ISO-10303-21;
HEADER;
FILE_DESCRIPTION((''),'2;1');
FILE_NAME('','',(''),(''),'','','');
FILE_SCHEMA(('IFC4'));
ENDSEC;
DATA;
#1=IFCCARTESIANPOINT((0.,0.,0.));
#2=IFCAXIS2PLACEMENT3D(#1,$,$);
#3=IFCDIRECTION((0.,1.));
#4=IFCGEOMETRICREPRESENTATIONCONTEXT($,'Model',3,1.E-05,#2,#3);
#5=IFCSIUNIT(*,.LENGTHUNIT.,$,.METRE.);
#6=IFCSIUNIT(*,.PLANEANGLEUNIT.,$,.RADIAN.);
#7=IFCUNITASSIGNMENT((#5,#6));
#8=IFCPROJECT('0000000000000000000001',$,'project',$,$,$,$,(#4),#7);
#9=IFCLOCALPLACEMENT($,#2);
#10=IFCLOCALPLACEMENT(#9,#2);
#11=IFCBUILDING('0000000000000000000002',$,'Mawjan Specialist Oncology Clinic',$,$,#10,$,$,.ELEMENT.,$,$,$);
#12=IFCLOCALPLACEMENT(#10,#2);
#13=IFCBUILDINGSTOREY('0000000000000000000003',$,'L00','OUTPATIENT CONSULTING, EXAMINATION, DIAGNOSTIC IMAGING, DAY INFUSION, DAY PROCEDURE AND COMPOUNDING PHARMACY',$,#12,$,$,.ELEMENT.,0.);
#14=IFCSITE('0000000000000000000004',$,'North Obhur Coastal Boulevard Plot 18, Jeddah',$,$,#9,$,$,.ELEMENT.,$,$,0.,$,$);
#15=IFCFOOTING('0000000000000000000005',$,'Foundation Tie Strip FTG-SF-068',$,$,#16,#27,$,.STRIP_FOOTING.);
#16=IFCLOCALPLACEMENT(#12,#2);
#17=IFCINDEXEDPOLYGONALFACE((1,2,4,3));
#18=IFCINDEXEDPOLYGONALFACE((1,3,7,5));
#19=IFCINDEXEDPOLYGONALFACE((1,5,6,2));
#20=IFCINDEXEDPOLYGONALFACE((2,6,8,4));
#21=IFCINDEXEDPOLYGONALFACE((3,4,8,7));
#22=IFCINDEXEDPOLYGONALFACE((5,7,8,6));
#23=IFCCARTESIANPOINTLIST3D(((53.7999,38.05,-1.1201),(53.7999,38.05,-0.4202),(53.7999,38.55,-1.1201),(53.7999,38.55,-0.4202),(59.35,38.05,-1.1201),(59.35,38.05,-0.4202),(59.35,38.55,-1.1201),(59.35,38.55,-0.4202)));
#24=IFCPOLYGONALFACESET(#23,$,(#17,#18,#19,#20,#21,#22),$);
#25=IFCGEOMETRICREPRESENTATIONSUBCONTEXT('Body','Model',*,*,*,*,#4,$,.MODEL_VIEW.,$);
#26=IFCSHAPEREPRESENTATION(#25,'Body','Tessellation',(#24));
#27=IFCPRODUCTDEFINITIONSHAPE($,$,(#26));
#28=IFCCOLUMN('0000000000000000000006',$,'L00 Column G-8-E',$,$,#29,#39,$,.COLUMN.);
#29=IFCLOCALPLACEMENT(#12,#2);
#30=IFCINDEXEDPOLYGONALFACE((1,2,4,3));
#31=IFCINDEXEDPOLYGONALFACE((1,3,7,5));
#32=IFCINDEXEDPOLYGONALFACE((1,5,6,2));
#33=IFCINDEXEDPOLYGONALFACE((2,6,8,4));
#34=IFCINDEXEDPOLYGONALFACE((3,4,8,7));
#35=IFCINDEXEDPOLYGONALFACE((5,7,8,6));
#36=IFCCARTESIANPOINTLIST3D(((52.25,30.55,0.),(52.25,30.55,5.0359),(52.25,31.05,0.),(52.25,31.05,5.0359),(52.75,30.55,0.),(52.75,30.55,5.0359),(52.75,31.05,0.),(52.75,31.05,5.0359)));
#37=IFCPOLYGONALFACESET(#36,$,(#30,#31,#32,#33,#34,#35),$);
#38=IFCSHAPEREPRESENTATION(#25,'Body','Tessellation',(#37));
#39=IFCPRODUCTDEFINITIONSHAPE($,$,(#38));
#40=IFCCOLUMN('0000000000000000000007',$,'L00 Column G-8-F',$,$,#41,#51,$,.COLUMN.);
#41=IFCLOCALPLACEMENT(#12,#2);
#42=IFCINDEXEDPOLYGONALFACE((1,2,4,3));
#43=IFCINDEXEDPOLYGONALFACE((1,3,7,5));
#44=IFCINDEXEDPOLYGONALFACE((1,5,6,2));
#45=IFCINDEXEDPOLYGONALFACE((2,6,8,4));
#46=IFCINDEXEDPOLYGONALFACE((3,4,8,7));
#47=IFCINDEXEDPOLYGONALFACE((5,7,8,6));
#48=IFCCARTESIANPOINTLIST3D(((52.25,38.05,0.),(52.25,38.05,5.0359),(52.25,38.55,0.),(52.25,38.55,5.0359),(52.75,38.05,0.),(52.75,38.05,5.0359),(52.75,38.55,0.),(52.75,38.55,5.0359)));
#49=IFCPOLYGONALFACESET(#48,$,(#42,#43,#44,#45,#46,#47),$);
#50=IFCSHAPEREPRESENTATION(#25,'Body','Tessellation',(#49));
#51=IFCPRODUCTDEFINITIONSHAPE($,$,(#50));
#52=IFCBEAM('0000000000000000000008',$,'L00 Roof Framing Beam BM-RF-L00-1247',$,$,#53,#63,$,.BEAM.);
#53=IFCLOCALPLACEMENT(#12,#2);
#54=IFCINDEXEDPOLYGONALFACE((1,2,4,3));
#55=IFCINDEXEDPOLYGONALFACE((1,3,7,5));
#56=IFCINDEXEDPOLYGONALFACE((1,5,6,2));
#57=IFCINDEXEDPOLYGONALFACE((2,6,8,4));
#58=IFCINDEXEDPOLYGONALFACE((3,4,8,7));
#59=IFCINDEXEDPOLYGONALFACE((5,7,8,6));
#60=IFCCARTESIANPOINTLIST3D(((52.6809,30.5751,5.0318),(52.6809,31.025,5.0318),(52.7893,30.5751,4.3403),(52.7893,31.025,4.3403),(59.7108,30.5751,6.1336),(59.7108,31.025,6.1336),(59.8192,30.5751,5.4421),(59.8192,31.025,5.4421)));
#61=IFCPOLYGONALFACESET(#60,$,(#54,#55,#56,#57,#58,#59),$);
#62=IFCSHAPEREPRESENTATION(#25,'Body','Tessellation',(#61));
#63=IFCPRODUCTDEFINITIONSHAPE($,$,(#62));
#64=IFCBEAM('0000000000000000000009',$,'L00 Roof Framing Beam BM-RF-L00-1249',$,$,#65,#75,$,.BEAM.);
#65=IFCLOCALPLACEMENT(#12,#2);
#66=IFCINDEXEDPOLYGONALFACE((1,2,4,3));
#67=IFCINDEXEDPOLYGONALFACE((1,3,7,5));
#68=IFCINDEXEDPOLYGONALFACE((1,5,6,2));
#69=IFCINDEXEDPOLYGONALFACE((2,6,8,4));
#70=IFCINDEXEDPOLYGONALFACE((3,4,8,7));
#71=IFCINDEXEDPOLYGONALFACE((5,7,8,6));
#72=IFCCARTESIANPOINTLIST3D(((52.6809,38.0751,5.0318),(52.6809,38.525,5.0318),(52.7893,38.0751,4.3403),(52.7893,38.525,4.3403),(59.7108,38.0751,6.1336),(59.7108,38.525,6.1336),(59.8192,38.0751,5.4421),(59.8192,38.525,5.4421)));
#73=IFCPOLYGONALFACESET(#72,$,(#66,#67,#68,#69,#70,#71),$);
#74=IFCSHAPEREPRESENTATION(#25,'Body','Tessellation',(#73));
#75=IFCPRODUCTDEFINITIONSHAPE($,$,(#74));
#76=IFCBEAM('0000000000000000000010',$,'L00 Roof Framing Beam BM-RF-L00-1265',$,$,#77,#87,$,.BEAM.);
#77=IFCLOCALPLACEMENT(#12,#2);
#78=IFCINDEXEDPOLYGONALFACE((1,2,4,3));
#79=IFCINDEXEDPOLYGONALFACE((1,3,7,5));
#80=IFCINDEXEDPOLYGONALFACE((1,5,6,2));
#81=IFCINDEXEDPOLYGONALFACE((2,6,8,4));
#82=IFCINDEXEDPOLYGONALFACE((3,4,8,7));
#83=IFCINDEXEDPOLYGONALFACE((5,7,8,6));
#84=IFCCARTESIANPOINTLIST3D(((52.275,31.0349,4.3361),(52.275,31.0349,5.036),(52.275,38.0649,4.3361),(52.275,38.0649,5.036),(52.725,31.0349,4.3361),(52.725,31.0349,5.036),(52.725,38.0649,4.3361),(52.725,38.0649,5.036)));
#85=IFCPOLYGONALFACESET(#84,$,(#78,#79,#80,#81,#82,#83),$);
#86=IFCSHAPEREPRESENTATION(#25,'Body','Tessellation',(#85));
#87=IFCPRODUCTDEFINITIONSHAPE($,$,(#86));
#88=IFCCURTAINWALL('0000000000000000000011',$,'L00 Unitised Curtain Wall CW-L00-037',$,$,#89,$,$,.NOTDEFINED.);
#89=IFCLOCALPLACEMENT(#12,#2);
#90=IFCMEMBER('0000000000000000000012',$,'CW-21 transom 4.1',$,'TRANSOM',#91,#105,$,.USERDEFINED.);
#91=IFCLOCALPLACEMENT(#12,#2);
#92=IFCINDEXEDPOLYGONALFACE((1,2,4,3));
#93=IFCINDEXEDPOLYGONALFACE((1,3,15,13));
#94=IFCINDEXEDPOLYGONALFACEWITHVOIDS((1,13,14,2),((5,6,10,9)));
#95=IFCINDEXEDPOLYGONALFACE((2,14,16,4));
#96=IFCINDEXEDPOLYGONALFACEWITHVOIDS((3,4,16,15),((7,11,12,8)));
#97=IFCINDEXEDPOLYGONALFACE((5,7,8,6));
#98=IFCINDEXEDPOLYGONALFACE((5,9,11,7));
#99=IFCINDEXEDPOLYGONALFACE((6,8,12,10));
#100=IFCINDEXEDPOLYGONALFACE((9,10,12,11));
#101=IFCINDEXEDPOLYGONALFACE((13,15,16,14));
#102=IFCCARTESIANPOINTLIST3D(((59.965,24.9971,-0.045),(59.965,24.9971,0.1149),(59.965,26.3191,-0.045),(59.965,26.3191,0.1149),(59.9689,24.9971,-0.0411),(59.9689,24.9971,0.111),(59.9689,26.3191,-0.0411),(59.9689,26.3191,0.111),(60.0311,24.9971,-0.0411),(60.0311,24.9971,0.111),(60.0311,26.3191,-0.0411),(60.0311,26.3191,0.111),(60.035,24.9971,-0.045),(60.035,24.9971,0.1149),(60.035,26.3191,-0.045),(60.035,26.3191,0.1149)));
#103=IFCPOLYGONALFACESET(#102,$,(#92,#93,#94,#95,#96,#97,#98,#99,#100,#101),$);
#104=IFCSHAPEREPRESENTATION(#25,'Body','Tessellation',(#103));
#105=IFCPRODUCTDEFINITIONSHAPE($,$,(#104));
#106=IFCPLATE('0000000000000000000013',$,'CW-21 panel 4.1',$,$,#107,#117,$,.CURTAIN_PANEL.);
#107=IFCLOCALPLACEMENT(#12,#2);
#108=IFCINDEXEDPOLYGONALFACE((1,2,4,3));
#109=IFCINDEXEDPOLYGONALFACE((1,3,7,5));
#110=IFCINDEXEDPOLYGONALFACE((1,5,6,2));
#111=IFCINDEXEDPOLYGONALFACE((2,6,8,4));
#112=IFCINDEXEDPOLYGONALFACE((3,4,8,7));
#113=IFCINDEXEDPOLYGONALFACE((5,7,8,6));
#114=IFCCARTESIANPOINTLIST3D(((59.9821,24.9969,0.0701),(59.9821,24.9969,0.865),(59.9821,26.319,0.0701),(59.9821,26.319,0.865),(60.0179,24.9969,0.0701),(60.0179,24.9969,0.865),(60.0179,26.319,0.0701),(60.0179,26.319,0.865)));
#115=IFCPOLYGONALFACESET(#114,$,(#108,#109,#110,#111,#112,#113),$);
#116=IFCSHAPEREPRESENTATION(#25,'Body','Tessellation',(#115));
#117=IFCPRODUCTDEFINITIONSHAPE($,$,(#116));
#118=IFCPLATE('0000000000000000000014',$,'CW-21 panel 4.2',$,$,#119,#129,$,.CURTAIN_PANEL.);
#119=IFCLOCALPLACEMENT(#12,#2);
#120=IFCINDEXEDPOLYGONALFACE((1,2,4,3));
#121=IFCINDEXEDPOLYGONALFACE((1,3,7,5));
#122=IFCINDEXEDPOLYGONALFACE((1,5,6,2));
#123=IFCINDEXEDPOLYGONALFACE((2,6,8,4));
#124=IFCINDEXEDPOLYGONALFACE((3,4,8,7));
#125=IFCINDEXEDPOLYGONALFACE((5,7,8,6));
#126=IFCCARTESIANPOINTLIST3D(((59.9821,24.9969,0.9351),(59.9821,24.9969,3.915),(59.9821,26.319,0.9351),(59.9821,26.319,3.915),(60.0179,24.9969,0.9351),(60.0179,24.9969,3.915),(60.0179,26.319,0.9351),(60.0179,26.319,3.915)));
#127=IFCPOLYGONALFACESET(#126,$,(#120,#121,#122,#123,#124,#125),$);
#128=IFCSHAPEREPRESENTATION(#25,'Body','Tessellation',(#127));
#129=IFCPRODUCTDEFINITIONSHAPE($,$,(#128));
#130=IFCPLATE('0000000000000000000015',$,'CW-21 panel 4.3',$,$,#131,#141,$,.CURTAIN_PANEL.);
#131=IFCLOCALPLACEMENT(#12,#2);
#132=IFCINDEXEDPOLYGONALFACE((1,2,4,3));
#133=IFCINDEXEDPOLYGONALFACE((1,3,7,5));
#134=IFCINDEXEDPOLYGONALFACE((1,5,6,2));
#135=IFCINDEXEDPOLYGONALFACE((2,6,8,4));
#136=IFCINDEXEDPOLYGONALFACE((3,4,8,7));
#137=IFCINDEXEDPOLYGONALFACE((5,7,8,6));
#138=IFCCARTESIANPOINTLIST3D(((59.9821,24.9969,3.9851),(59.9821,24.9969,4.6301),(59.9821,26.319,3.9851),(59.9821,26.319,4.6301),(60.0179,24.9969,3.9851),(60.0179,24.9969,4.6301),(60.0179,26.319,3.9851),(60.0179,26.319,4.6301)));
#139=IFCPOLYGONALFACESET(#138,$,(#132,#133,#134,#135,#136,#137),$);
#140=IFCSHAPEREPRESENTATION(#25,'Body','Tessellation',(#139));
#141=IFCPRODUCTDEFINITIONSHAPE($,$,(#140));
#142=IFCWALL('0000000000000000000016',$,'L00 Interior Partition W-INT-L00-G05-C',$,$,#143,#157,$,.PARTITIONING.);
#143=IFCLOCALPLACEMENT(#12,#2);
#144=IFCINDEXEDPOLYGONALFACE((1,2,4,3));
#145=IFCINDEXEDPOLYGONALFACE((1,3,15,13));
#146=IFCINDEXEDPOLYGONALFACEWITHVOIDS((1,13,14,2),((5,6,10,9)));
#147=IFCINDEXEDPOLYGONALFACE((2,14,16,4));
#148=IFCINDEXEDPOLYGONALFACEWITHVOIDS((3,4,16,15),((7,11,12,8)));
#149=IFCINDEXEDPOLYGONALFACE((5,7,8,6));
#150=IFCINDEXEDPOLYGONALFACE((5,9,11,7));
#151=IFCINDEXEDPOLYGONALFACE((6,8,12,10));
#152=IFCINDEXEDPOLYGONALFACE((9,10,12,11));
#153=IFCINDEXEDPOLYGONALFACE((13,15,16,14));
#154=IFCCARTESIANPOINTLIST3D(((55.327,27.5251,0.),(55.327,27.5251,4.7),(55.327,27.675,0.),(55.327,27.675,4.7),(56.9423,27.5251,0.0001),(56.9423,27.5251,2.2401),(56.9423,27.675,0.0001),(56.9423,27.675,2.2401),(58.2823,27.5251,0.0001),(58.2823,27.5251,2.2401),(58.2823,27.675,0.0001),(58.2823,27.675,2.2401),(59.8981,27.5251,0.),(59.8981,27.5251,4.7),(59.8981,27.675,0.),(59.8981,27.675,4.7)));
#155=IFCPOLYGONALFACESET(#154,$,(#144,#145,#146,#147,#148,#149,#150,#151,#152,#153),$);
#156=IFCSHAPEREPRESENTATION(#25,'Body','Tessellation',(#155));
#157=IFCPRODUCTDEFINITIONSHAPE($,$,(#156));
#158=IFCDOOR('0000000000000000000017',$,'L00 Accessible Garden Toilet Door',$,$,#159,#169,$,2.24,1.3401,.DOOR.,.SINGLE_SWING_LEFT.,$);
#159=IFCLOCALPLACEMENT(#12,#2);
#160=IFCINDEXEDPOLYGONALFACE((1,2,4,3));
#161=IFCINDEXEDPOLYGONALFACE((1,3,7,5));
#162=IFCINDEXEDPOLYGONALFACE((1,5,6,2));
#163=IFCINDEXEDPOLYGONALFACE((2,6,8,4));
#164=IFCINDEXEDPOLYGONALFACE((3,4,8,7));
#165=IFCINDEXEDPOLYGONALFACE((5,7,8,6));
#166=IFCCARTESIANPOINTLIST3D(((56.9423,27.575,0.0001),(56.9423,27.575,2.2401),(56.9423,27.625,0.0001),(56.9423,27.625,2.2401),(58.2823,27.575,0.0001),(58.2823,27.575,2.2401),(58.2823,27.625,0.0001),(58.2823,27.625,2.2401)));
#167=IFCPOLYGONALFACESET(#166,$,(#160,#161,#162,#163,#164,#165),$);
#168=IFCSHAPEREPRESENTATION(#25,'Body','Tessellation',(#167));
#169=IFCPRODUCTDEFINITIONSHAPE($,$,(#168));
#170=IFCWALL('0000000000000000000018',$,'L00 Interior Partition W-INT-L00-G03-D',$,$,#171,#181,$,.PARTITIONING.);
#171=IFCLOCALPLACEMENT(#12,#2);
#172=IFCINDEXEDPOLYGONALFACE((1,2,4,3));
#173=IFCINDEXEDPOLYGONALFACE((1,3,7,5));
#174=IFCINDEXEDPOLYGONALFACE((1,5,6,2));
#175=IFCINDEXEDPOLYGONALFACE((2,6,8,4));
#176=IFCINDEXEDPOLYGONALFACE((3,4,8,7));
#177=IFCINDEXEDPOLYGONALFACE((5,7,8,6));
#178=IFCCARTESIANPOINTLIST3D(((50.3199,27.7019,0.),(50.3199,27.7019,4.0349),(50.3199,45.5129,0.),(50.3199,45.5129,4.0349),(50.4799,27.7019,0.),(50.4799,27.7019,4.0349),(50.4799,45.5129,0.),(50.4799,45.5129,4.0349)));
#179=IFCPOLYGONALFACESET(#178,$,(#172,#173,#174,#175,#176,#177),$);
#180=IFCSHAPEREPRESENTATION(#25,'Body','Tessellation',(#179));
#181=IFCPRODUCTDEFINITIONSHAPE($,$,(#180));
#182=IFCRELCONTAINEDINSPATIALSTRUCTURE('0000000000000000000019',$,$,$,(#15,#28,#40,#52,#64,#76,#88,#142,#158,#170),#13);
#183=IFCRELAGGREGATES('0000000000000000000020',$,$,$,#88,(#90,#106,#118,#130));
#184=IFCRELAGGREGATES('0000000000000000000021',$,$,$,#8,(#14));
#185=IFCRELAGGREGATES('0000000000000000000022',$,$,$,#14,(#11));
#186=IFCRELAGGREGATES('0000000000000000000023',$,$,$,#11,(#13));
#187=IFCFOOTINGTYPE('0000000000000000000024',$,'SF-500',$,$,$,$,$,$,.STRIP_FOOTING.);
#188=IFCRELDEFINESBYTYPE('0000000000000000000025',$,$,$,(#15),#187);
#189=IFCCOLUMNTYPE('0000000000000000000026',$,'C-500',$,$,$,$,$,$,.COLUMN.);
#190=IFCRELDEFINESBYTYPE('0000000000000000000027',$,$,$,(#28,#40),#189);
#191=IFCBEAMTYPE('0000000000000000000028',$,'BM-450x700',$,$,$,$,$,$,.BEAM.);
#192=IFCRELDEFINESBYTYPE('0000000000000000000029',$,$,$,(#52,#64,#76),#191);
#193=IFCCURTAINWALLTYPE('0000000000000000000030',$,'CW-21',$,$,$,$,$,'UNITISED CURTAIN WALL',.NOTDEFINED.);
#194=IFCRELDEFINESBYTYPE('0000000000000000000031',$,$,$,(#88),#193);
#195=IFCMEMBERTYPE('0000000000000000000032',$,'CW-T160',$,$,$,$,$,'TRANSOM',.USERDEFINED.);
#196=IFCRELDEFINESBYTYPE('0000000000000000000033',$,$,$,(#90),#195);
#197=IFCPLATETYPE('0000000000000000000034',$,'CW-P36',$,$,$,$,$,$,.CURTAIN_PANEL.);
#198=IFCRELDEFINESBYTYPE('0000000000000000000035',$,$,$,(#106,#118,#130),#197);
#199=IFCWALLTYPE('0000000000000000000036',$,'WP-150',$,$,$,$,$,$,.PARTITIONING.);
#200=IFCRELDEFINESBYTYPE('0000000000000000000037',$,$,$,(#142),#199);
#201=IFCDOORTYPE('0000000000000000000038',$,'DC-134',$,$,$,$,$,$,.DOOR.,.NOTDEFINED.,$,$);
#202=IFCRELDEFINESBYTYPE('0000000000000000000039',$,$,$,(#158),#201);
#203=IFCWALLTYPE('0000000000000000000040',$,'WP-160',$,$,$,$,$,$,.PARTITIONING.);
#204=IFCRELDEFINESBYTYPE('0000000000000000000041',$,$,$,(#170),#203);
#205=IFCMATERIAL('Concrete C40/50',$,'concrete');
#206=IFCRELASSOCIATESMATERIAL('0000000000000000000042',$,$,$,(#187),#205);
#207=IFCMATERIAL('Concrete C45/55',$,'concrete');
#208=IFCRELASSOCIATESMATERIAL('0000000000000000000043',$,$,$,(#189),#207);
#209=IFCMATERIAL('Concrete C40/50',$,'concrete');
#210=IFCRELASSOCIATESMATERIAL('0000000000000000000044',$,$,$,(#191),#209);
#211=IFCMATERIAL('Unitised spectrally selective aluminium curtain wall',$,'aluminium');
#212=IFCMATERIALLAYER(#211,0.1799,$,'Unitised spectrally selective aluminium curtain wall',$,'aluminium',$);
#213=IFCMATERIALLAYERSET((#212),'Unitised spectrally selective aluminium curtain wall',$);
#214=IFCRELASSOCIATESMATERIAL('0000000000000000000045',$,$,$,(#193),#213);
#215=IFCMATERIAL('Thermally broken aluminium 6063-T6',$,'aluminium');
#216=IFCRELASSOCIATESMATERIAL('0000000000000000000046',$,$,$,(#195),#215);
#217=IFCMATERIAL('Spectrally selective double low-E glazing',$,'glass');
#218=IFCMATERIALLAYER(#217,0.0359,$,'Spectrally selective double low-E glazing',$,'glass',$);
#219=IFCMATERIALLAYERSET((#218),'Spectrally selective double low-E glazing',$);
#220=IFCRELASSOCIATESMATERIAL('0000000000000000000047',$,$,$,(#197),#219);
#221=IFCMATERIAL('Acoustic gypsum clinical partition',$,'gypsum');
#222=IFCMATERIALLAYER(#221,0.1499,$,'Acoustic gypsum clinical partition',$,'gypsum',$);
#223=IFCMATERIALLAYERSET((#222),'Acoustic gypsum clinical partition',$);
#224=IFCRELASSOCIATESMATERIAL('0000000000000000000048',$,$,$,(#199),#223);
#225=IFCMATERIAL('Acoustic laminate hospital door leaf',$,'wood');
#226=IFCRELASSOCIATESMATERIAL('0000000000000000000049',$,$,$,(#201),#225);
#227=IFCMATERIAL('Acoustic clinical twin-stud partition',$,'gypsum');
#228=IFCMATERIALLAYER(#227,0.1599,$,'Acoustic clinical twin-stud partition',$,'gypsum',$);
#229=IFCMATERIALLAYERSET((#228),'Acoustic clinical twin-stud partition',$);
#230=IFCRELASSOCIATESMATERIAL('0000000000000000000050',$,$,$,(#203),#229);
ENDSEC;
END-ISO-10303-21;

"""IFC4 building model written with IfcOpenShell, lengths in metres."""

from ifc_helpers import new_model, si_unit, direction, frame, frame_2d, origin, origin_2d, place, context, subcontext, project, spatial, rectangle, hollow_rectangle, extrude, material, layer, layer_set, material_profile, profile_set, type_object, element, fill, aggregate, save


model = new_model("IFC4")

# Units and contexts
model_context = context("Model", 3, precision=1e-05, world=origin(), true_north=direction((0.0, 1.0)))
body_context = subcontext(model_context, "Body", "Model", "MODEL_VIEW")
ifc_project = project(units=[si_unit("LENGTHUNIT", "METRE"), si_unit("PLANEANGLEUNIT", "RADIAN")], contexts=[model_context])

# Site, building, storey
site_placement = place(None, origin())
site = spatial("IfcSite", under=ifc_project, at=site_placement, Name="North Obhur Coastal Boulevard Plot 18, Jeddah", CompositionType="ELEMENT", RefElevation=0.0)
building_placement = place(site_placement, origin())
building = spatial("IfcBuilding", under=site, at=building_placement, Name="Mawjan Specialist Oncology Clinic", CompositionType="ELEMENT")
storey_placement = place(building_placement, origin())
storey = spatial("IfcBuildingStorey", under=building, at=storey_placement, Name="L00", Description="OUTPATIENT CONSULTING, EXAMINATION, DIAGNOSTIC IMAGING, DAY INFUSION, DAY PROCEDURE AND COMPOUNDING PHARMACY", CompositionType="ELEMENT", Elevation=0.0)

# Footing
ifc_material_1 = material(Name="Concrete C40/50", Category="concrete")
footing_type_1 = type_object("IfcFootingType", Name="SF-500", PredefinedType="STRIP_FOOTING", material=ifc_material_1)
footing_1_placement = place(storey_placement, frame((56.575, 38.3, -1.1201), z_axis=(0.0, 0.0, 1.0), x_axis=(1.0, 0.0, 0.0)))
element("IfcFooting", 1, at=footing_1_placement, inside=storey, type_object=footing_type_1, Name="Foundation Tie Strip FTG-SF-068", PredefinedType="STRIP_FOOTING", context=body_context, shape_type="SweptSolid", body=[
    extrude(rectangle(XDim=5.55, YDim=0.5, at=origin_2d()), origin(), (0.0, 0.0, 1.0), 0.7),
])

# Columns
ifc_material_2 = material(Name="Concrete C45/55", Category="concrete")
ifc_material_profile_1 = material_profile(ifc_material_2, rectangle(XDim=0.5, YDim=0.5, at=origin_2d()), Name="RC COL 500x500", Category="concrete")
ifc_profile_set_1 = profile_set([ifc_material_profile_1], Name="Concrete C45/55")
column_type = type_object("IfcColumnType", Name="C-500", PredefinedType="COLUMN", material=ifc_profile_set_1)
for number, where, z_axis, x_axis, name in (
    (2, (52.5, 30.8, 0.0), (0.0, 0.0, 1.0), (1.0, 0.0, 0.0), "L00 Column G-8-E"),
    (3, (52.5, 38.3, 0.0), (0.0, 0.0, 1.0), (1.0, 0.0, 0.0), "L00 Column G-8-F"),
):
    element("IfcColumn", number, at=place(storey_placement, frame(where, z_axis=z_axis, x_axis=x_axis)), inside=storey, type_object=column_type, Name=name, PredefinedType="COLUMN", context=body_context, shape_type="SweptSolid", body=[
        extrude(rectangle(XDim=0.5, YDim=0.5, at=origin_2d()), origin(), (0.0, 0.0, 1.0), 5.0359),
    ])

# Beams
ifc_material_3 = material(Name="Concrete C40/50", Category="concrete")
ifc_material_profile_2 = material_profile(ifc_material_3, rectangle(XDim=0.45, YDim=0.7, at=origin_2d()), Name="RC BM 450x700", Category="concrete")
ifc_profile_set_2 = profile_set([ifc_material_profile_2], Name="Concrete C40/50")
beam_type = type_object("IfcBeamType", Name="BM-450x700", PredefinedType="BEAM", material=ifc_profile_set_2)
for number, where, z_axis, x_axis, name in (
    (4, (52.7351, 30.8, 4.686), (0.987939, 0.0, 0.154844), (0.0, 1.0, 0.0), "L00 Roof Framing Beam BM-RF-L00-1247"),
    (5, (52.7351, 38.3, 4.686), (0.987939, 0.0, 0.154844), (0.0, 1.0, 0.0), "L00 Roof Framing Beam BM-RF-L00-1249"),
):
    element("IfcBeam", number, at=place(storey_placement, frame(where, z_axis=z_axis, x_axis=x_axis)), inside=storey, type_object=beam_type, Name=name, PredefinedType="BEAM", context=body_context, shape_type="SweptSolid", body=[
        extrude(rectangle(XDim=0.45, YDim=0.7, at=origin_2d()), origin(), (0.0, 0.0, 1.0), 7.1157),
    ])
beam_placement = place(storey_placement, frame((52.5, 31.0349, 4.686), z_axis=(0.0, 1.0, 0.0), x_axis=(-1.0, 0.0, 0.0)))
element("IfcBeam", 6, at=beam_placement, inside=storey, type_object=beam_type, Name="L00 Roof Framing Beam BM-RF-L00-1265", PredefinedType="BEAM", context=body_context, shape_type="SweptSolid", body=[
    extrude(rectangle(XDim=0.45, YDim=0.7, at=origin_2d()), origin(), (0.0, 0.0, 1.0), 7.03),
])

# Curtain wall, member, plates
ifc_material_4 = material(Name="Unitised spectrally selective aluminium curtain wall", Category="aluminium")
ifc_layer_1 = layer(ifc_material_4, 0.1799, Name="Unitised spectrally selective aluminium curtain wall", Category="aluminium")
ifc_layer_set_1 = layer_set([ifc_layer_1], Name="Unitised spectrally selective aluminium curtain wall")
curtain_wall_type = type_object("IfcCurtainWallType", Name="CW-21", ElementType="UNITISED CURTAIN WALL", PredefinedType="NOTDEFINED", material=ifc_layer_set_1)
curtain_wall_placement = place(storey_placement, origin())
curtain_wall = element("IfcCurtainWall", 7, at=curtain_wall_placement, inside=storey, type_object=curtain_wall_type, Name="L00 Unitised Curtain Wall CW-L00-037", PredefinedType="NOTDEFINED")
ifc_material_5 = material(Name="Thermally broken aluminium 6063-T6", Category="aluminium")
ifc_material_profile_3 = material_profile(ifc_material_5, hollow_rectangle(XDim=0.0701, YDim=0.1599, WallThickness=0.0039, at=origin_2d()), Name="ALU TRANSOM 160x70x4", Category="aluminium")
ifc_profile_set_3 = profile_set([ifc_material_profile_3], Name="Thermally broken aluminium 6063-T6")
member_type = type_object("IfcMemberType", Name="CW-T160", ElementType="TRANSOM", PredefinedType="USERDEFINED", material=ifc_profile_set_3)
member_placement = place(storey_placement, frame((60.0, 26.3191, 0.0349), z_axis=(0.0, -1.0, 0.0), x_axis=(1.0, 0.0, 0.0)))
member = element("IfcMember", 8, at=member_placement, type_object=member_type, Name="CW-21 transom 4.1", ObjectType="TRANSOM", PredefinedType="USERDEFINED", context=body_context, shape_type="SweptSolid", body=[
    extrude(hollow_rectangle(XDim=0.0701, YDim=0.1599, WallThickness=0.0039, at=origin_2d()), origin(), (0.0, 0.0, 1.0), 1.322),
])
ifc_material_6 = material(Name="Spectrally selective double low-E glazing", Category="glass")
ifc_layer_2 = layer(ifc_material_6, 0.0359, Name="Spectrally selective double low-E glazing", Category="glass")
ifc_layer_set_2 = layer_set([ifc_layer_2], Name="Spectrally selective double low-E glazing")
plate_type = type_object("IfcPlateType", Name="CW-P36", PredefinedType="CURTAIN_PANEL", material=ifc_layer_set_2)
plate_1_placement = place(storey_placement, frame((60.0, 25.658, 0.0701), z_axis=(0.0, 0.0, 1.0), x_axis=(0.0, -1.0, 0.0)))
plate_1 = element("IfcPlate", 9, at=plate_1_placement, type_object=plate_type, Name="CW-21 panel 4.1", PredefinedType="CURTAIN_PANEL", context=body_context, shape_type="SweptSolid", body=[
    extrude(rectangle(XDim=1.322, YDim=0.0359, at=origin_2d()), origin(), (0.0, 0.0, 1.0), 0.7949),
])
plate_2_placement = place(storey_placement, frame((60.0, 25.658, 0.9351), z_axis=(0.0, 0.0, 1.0), x_axis=(0.0, -1.0, 0.0)))
plate_2 = element("IfcPlate", 10, at=plate_2_placement, type_object=plate_type, Name="CW-21 panel 4.2", PredefinedType="CURTAIN_PANEL", context=body_context, shape_type="SweptSolid", body=[
    extrude(rectangle(XDim=1.322, YDim=0.0359, at=origin_2d()), origin(), (0.0, 0.0, 1.0), 2.98),
])
plate_3_placement = place(storey_placement, frame((60.0, 25.658, 3.9851), z_axis=(0.0, 0.0, 1.0), x_axis=(0.0, -1.0, 0.0)))
plate_3 = element("IfcPlate", 11, at=plate_3_placement, type_object=plate_type, Name="CW-21 panel 4.3", PredefinedType="CURTAIN_PANEL", context=body_context, shape_type="SweptSolid", body=[
    extrude(rectangle(XDim=1.322, YDim=0.0359, at=origin_2d()), origin(), (0.0, 0.0, 1.0), 0.645),
])
aggregate(curtain_wall, [member, plate_1, plate_2, plate_3])

# Wall, opening, door
ifc_material_7 = material(Name="Acoustic gypsum clinical partition", Category="gypsum")
ifc_layer_3 = layer(ifc_material_7, 0.1499, Name="Acoustic gypsum clinical partition", Category="gypsum")
ifc_layer_set_3 = layer_set([ifc_layer_3], Name="Acoustic gypsum clinical partition")
wall_type_1 = type_object("IfcWallType", Name="WP-150", PredefinedType="PARTITIONING", material=ifc_layer_set_3)
wall_1_placement = place(storey_placement, frame((55.3269, 27.6001, 0.0), z_axis=(0.0, 0.0, 1.0), x_axis=(1.0, 0.0, 0.0)))
wall_1 = element("IfcWall", 12, at=wall_1_placement, inside=storey, type_object=wall_type_1, Name="L00 Interior Partition W-INT-L00-G05-C", PredefinedType="PARTITIONING", context=body_context, shape_type="SweptSolid", body=[
    extrude(rectangle(XDim=4.571, YDim=0.1499, at=frame_2d((2.2856, 0.0))), origin(), (0.0, 0.0, 1.0), 4.7),
])
opening_1_placement = place(wall_1_placement, frame((1.6155, 0.0, 0.0)))
opening_1 = element("IfcOpeningElement", 13, at=opening_1_placement, cuts=wall_1, PredefinedType="OPENING", context=body_context, shape_type="SweptSolid", body=[
    extrude(rectangle(XDim=1.3401, YDim=2.24, at=frame_2d((0.6699, 1.1201))), frame((0.0, 0.0869, 0.0), z_axis=(0.0, -1.0, 0.0), x_axis=(1.0, 0.0, 0.0)), (0.0, 0.0, 1.0), 0.1738),
])
ifc_material_8 = material(Name="Acoustic laminate hospital door leaf", Category="wood")
door_type_1 = type_object("IfcDoorType", Name="DC-134", OperationType="NOTDEFINED", PredefinedType="DOOR", material=ifc_material_8)
door_1_placement = place(opening_1_placement, origin())
door_1 = element("IfcDoor", 14, at=door_1_placement, inside=storey, type_object=door_type_1, Name="L00 Accessible Garden Toilet Door", OperationType="SINGLE_SWING_LEFT", OverallHeight=2.24, OverallWidth=1.3401, PredefinedType="DOOR", context=body_context, shape_type="SweptSolid", body=[
    extrude(rectangle(XDim=1.3401, YDim=2.24, at=frame_2d((0.6699, 1.1201))), frame((0.0, 0.0249, 0.0), z_axis=(0.0, -1.0, 0.0), x_axis=(1.0, 0.0, 0.0)), (0.0, 0.0, 1.0), 0.05),
])
fill(opening_1, door_1)

# Wall
ifc_material_9 = material(Name="Acoustic clinical twin-stud partition", Category="gypsum")
ifc_layer_4 = layer(ifc_material_9, 0.1599, Name="Acoustic clinical twin-stud partition", Category="gypsum")
ifc_layer_set_4 = layer_set([ifc_layer_4], Name="Acoustic clinical twin-stud partition")
wall_type_2 = type_object("IfcWallType", Name="WP-160", PredefinedType="PARTITIONING", material=ifc_layer_set_4)
for number, where, z_axis, x_axis, name in (
    (15, (50.3999, 27.7019, 0.0), (0.0, 0.0, 1.0), (0.0, 1.0, 0.0), "L00 Interior Partition W-INT-L00-G03-D"),
):
    element("IfcWall", number, at=place(storey_placement, frame(where, z_axis=z_axis, x_axis=x_axis)), inside=storey, type_object=wall_type_2, Name=name, PredefinedType="PARTITIONING", context=body_context, shape_type="SweptSolid", body=[
        extrude(rectangle(XDim=17.811, YDim=0.1599, at=frame_2d((8.9055, 0.0))), origin(), (0.0, 0.0, 1.0), 4.0349),
    ])

save(model, "model.ifc")
